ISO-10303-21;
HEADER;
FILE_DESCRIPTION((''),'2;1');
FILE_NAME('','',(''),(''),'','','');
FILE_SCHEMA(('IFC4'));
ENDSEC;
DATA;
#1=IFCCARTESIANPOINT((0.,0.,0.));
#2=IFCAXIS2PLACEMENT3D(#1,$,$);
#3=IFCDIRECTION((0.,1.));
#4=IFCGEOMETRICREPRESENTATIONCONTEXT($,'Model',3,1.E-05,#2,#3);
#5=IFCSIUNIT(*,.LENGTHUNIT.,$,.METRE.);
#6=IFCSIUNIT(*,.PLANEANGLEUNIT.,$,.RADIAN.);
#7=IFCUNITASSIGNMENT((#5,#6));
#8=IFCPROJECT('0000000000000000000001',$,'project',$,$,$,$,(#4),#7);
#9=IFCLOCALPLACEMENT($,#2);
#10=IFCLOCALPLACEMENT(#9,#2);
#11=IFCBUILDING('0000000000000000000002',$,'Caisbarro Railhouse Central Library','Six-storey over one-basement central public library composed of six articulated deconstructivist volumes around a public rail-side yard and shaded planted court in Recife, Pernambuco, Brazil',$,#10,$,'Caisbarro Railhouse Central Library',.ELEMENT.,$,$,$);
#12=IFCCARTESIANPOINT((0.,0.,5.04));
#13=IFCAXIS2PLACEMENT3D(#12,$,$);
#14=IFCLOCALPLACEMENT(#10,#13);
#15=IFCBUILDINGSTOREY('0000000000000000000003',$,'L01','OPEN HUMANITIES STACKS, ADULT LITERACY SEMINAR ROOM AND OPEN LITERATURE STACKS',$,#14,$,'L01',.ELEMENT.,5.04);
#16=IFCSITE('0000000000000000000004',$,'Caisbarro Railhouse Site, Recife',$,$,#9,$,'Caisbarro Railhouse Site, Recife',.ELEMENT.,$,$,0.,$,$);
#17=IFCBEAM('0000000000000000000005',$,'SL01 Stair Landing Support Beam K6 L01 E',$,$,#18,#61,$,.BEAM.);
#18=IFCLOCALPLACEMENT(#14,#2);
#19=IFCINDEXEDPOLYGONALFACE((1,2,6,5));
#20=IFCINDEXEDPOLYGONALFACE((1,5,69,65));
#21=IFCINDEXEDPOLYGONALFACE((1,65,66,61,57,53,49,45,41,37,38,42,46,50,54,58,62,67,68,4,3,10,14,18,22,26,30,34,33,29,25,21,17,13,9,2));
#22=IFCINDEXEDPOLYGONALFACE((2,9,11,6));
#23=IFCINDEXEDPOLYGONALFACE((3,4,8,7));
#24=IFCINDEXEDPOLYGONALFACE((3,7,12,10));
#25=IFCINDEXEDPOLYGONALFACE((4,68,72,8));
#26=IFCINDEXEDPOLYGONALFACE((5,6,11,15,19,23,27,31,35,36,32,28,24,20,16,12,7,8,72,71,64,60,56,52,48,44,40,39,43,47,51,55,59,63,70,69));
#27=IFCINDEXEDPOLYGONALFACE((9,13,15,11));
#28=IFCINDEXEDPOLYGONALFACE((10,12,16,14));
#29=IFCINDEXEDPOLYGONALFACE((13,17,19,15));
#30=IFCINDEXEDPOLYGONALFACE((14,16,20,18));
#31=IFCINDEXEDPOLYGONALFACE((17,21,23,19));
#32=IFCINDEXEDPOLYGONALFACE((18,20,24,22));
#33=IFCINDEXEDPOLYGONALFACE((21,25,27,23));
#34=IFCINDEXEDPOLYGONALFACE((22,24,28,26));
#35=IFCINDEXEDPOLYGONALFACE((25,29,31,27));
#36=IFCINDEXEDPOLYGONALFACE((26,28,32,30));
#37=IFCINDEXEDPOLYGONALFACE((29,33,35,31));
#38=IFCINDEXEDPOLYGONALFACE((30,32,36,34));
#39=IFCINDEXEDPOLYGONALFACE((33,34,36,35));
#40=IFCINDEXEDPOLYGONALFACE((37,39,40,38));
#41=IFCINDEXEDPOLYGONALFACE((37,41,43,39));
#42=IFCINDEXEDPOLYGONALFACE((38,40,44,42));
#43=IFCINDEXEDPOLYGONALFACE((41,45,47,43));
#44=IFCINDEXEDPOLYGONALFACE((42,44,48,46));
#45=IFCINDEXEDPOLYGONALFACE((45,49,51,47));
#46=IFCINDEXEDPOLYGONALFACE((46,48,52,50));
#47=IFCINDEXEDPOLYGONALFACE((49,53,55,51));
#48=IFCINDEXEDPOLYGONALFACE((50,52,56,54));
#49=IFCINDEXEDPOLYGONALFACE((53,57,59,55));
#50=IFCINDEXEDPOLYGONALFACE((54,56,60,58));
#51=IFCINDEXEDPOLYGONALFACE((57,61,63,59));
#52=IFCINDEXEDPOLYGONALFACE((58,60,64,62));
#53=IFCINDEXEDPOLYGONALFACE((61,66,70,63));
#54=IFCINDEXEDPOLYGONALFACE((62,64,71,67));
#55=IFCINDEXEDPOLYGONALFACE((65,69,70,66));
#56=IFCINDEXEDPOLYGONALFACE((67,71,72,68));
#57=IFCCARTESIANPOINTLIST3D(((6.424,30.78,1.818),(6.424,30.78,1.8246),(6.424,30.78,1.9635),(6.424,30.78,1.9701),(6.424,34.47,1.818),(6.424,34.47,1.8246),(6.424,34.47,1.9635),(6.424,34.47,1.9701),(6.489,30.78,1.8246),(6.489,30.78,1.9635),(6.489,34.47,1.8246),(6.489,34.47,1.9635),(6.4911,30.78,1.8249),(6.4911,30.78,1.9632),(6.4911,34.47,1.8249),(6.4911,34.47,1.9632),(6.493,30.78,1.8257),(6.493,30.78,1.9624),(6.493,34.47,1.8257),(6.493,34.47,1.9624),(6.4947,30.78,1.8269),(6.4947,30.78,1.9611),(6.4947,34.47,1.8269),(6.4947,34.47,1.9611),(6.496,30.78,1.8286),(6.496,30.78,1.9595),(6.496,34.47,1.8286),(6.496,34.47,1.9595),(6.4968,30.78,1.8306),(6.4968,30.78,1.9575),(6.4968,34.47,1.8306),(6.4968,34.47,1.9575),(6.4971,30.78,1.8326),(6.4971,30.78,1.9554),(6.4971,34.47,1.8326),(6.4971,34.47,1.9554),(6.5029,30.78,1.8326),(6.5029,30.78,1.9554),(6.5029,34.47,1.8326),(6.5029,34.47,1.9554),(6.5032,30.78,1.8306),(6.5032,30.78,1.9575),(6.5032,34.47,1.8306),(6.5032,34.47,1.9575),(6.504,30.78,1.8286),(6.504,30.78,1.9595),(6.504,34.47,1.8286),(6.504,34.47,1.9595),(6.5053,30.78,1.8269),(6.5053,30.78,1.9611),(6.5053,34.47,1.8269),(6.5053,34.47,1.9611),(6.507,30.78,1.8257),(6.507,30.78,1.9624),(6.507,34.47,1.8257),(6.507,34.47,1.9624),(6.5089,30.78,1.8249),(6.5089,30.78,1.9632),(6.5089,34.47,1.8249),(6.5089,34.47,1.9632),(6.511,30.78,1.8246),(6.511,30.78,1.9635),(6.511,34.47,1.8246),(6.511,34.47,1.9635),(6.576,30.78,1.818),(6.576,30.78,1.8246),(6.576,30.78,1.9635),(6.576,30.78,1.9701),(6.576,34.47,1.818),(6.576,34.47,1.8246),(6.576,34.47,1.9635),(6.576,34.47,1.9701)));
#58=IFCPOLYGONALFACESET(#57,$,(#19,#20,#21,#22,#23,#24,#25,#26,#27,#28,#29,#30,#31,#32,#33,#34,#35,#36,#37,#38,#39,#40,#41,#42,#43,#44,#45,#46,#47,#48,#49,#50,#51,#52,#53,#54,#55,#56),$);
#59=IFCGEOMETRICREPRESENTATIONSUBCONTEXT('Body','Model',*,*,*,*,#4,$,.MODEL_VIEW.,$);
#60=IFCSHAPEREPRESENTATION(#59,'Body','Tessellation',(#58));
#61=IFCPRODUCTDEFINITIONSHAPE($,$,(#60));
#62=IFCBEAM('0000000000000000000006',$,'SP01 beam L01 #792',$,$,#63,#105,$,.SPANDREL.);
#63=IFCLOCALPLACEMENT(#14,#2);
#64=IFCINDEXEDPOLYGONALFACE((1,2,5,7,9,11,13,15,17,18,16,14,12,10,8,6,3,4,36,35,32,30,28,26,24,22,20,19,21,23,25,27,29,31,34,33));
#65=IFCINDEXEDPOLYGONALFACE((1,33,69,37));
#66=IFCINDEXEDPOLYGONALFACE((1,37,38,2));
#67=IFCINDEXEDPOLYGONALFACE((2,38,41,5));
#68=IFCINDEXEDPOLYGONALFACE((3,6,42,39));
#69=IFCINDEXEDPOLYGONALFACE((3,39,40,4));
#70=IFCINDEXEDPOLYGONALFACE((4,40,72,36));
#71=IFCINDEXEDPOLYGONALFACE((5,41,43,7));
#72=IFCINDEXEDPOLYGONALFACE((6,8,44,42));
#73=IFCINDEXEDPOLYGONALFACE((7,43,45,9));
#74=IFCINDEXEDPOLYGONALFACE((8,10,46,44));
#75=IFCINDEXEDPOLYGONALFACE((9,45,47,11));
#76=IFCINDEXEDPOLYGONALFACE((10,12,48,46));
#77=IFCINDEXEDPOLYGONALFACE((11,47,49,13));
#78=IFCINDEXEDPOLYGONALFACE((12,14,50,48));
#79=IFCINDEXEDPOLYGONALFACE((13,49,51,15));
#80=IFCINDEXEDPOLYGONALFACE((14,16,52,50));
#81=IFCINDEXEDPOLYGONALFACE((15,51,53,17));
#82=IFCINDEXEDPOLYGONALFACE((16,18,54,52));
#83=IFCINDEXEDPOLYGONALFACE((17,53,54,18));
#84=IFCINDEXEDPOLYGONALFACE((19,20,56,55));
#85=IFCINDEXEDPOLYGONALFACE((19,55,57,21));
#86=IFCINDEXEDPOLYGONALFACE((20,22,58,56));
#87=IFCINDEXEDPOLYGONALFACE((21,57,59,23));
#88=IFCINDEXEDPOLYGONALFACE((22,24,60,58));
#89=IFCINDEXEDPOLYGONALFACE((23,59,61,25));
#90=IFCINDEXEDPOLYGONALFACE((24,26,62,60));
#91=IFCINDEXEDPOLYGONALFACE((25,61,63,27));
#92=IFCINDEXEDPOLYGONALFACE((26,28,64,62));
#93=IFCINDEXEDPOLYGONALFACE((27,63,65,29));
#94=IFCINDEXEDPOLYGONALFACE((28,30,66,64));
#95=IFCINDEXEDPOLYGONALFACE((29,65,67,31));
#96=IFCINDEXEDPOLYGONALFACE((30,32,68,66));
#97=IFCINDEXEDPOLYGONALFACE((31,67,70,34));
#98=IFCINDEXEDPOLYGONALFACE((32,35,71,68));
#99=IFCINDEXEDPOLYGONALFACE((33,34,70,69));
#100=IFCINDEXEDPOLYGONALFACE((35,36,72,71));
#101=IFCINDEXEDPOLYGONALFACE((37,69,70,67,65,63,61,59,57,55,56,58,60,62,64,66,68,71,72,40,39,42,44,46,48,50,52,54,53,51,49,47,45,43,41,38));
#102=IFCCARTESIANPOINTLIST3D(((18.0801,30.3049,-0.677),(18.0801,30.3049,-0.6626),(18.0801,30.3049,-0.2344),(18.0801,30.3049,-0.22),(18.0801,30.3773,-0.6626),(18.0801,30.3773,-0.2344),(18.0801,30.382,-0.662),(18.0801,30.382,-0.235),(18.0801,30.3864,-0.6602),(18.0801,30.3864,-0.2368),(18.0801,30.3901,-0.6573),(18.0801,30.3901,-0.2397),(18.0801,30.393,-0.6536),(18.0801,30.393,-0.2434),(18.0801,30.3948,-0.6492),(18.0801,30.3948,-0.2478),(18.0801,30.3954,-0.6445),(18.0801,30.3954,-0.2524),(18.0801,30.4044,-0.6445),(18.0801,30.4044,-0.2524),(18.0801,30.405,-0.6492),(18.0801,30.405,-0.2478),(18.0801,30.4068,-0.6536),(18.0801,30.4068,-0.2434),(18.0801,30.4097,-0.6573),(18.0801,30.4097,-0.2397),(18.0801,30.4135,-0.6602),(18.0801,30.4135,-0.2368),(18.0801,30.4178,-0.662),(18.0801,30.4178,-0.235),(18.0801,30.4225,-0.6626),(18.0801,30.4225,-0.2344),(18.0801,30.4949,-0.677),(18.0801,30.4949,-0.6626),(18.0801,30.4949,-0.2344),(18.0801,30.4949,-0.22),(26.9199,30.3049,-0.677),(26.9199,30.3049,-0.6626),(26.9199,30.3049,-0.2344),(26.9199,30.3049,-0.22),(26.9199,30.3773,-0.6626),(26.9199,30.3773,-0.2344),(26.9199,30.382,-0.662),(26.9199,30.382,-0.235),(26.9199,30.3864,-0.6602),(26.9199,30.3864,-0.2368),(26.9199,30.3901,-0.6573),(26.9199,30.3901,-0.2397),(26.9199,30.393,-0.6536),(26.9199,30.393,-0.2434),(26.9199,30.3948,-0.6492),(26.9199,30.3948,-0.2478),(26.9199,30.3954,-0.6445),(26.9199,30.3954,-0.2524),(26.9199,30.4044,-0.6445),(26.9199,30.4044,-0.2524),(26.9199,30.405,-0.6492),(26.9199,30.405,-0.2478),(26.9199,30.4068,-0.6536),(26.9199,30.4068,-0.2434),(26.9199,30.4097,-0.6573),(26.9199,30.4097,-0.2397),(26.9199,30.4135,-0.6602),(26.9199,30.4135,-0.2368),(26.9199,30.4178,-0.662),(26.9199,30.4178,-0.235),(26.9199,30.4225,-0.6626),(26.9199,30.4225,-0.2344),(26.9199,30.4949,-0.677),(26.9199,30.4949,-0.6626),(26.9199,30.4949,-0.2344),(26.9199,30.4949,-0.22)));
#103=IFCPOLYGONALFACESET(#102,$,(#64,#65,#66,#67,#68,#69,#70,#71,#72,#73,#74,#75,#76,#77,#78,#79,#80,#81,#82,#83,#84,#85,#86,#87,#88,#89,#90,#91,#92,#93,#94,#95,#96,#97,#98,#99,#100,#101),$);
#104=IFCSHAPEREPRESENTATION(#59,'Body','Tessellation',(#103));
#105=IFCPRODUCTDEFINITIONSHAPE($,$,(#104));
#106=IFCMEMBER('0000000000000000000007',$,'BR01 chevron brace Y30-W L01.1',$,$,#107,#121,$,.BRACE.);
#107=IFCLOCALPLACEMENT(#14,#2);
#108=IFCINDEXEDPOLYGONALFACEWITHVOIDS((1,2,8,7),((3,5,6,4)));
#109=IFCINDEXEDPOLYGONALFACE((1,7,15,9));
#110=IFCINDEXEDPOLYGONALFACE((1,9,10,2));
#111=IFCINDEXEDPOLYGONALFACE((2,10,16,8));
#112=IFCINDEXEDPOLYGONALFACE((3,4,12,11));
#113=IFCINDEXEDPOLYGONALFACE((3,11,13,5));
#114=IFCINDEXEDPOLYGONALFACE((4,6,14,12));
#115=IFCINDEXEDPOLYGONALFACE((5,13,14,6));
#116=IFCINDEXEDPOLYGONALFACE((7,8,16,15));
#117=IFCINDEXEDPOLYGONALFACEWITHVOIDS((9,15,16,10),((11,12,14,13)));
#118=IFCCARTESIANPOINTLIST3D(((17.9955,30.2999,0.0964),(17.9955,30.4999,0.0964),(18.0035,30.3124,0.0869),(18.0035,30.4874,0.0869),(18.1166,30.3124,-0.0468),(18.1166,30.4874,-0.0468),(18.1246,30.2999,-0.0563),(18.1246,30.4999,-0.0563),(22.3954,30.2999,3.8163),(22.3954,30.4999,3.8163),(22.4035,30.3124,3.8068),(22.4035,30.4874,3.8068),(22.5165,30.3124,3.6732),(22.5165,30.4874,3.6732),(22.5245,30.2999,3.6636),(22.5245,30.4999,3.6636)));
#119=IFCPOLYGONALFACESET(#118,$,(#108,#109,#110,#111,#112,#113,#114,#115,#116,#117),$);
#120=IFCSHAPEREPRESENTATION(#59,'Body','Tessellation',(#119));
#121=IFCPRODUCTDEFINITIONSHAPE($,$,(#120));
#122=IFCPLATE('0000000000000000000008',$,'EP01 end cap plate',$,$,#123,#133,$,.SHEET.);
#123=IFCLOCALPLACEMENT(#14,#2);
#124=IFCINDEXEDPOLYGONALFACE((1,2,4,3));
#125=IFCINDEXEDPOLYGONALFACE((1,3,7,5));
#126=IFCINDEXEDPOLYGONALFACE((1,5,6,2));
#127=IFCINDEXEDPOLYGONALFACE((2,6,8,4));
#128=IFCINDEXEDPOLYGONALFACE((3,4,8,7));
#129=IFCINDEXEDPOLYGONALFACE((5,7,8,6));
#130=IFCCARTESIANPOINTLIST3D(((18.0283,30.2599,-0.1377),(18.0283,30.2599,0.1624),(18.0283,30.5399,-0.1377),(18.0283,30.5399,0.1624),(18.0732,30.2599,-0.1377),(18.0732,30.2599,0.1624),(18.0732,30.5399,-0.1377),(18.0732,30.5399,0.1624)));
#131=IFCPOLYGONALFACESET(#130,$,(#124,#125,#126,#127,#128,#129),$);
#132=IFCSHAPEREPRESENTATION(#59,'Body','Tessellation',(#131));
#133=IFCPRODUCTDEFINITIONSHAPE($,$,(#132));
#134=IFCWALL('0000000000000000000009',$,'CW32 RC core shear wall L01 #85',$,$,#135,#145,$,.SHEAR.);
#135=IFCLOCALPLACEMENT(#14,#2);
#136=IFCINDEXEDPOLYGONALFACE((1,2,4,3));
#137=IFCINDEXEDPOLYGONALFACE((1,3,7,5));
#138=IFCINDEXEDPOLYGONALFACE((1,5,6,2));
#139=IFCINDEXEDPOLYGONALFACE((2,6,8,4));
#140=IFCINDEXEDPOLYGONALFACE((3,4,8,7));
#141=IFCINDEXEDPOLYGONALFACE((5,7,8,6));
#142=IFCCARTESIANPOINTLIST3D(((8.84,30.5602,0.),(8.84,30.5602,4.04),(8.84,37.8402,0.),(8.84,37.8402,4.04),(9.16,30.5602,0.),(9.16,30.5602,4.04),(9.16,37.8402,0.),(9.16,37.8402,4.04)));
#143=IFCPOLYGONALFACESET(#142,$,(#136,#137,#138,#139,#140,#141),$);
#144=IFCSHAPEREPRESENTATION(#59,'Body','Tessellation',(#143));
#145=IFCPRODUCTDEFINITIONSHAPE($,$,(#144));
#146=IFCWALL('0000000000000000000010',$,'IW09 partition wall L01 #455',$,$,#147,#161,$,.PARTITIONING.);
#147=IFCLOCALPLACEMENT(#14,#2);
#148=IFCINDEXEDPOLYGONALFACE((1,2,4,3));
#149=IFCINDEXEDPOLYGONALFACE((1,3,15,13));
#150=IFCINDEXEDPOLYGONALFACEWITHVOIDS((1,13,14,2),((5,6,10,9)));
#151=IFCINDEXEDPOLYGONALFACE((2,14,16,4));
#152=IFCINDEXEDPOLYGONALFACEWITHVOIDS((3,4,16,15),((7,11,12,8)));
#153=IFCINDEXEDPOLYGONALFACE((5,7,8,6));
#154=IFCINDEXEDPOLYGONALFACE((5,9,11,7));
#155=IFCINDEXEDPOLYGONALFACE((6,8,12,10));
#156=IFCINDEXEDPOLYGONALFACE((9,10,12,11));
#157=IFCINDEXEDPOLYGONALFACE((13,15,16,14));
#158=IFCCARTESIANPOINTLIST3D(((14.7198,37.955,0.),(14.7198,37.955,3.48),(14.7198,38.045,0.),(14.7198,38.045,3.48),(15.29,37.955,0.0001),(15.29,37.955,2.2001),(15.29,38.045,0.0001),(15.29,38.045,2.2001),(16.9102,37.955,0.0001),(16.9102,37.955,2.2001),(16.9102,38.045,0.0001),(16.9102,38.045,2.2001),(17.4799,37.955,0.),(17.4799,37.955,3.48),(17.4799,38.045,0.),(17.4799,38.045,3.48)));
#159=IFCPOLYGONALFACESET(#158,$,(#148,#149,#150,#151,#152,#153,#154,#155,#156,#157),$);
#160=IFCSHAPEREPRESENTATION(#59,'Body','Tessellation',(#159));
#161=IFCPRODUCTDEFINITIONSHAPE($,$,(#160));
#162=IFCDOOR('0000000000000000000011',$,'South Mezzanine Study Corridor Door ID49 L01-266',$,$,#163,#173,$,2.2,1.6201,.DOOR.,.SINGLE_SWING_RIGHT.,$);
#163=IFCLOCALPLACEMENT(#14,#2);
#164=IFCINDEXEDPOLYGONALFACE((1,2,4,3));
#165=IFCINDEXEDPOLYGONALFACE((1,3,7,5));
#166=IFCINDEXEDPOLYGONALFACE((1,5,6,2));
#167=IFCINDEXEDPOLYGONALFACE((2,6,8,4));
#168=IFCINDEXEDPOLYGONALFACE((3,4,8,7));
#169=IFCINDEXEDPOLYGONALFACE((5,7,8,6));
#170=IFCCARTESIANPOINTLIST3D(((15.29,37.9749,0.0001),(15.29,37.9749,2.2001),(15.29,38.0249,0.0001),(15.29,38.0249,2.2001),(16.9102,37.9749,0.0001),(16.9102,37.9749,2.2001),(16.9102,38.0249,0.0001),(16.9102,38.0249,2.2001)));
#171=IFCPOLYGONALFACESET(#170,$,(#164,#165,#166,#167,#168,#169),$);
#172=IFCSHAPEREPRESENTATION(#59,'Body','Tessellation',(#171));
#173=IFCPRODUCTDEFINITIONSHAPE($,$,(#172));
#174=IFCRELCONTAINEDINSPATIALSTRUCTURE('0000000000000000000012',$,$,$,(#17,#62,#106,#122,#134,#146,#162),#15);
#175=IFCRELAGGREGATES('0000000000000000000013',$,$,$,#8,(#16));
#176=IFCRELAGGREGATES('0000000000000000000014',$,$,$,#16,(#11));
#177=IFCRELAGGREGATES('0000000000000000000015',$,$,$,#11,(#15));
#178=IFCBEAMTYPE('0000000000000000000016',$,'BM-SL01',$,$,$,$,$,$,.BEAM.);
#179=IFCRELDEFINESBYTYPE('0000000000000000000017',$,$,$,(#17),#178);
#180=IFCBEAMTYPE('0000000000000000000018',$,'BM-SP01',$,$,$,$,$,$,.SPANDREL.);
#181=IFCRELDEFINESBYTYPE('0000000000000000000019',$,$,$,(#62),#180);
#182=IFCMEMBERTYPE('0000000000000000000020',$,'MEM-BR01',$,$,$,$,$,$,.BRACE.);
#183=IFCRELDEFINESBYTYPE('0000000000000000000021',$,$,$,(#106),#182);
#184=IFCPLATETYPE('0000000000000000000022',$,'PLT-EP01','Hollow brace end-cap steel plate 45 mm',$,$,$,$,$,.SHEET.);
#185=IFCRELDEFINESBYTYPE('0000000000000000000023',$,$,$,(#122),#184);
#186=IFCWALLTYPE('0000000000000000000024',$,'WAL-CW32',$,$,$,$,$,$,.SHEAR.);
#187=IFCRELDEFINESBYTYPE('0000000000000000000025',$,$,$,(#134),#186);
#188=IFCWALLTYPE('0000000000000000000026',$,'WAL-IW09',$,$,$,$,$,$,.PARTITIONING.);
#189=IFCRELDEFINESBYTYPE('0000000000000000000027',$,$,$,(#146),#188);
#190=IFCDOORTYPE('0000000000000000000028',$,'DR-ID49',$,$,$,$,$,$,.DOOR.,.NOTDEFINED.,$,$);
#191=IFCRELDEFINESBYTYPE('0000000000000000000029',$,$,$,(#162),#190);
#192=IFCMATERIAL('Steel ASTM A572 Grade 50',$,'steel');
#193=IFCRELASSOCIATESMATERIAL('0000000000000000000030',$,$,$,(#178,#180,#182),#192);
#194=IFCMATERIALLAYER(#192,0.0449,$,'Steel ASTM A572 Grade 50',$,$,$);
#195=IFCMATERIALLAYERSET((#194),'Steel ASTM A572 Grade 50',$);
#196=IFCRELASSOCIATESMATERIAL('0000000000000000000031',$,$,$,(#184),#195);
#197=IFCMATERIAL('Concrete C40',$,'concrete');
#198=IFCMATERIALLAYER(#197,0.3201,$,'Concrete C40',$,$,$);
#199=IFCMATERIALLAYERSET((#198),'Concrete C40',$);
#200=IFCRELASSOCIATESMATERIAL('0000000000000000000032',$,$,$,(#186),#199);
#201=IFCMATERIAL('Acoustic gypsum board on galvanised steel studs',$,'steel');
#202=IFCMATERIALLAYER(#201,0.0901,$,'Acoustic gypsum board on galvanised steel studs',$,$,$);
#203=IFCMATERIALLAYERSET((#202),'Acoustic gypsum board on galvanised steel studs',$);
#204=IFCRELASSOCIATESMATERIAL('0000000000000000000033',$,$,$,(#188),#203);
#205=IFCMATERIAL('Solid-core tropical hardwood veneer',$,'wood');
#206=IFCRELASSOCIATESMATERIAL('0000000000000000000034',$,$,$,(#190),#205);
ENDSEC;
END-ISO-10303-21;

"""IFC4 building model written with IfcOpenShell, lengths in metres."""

from ifc_helpers import new_model, si_unit, direction, frame, frame_2d, origin, origin_2d, place, context, subcontext, project, spatial, rectangle, hollow_rectangle, i_section, extrude, material, layer, layer_set, material_profile, profile_set, type_object, element, fill, save


model = new_model("IFC4")

# Units and contexts
model_context = context("Model", 3, precision=1e-05, world=origin(), true_north=direction((0.0, 1.0)))
body_context = subcontext(model_context, "Body", "Model", "MODEL_VIEW")
ifc_project = project(units=[si_unit("LENGTHUNIT", "METRE"), si_unit("PLANEANGLEUNIT", "RADIAN")], contexts=[model_context])

# Site, building, storey
site_placement = place(None, origin())
site = spatial("IfcSite", under=ifc_project, at=site_placement, Name="Caisbarro Railhouse Site, Recife", LongName="Caisbarro Railhouse Site, Recife", CompositionType="ELEMENT", RefElevation=0.0)
building_placement = place(site_placement, origin())
building = spatial("IfcBuilding", under=site, at=building_placement, Name="Caisbarro Railhouse Central Library", Description="Six-storey over one-basement central public library composed of six articulated deconstructivist volumes around a public rail-side yard and shaded planted court in Recife, Pernambuco, Brazil", LongName="Caisbarro Railhouse Central Library", CompositionType="ELEMENT")
storey_placement = place(building_placement, frame((0.0, 0.0, 5.04)))
storey = spatial("IfcBuildingStorey", under=building, at=storey_placement, Name="L01", Description="OPEN HUMANITIES STACKS, ADULT LITERACY SEMINAR ROOM AND OPEN LITERATURE STACKS", LongName="L01", CompositionType="ELEMENT", Elevation=5.04)

# Shared definitions
ifc_material_1 = material(Name="Steel ASTM A572 Grade 50", Category="steel")

# Beams
ifc_material_profile_1 = material_profile(ifc_material_1, i_section(OverallWidth=0.1521, OverallDepth=0.1521, WebThickness=0.0059, FlangeThickness=0.0066, FilletRadius=0.0081, at=origin_2d()), Name="W150X22.5")
ifc_profile_set_1 = profile_set([ifc_material_profile_1], Name="Steel ASTM A572 Grade 50")
beam_type_1 = type_object("IfcBeamType", Name="BM-SL01", PredefinedType="BEAM", material=ifc_profile_set_1)
beam_1_placement = place(storey_placement, frame((6.5, 30.78, 1.894), z_axis=(0.0, 1.0, 0.0), x_axis=(-1.0, 0.0, 0.0)))
element("IfcBeam", 1, at=beam_1_placement, inside=storey, type_object=beam_type_1, Name="SL01 Stair Landing Support Beam K6 L01 E", PredefinedType="BEAM", context=body_context, shape_type="SweptSolid", body=[
    extrude(i_section(OverallWidth=0.1521, OverallDepth=0.1521, WebThickness=0.0059, FlangeThickness=0.0066, FilletRadius=0.0081, at=origin_2d()), origin(), (0.0, 0.0, 1.0), 3.6899),
])
ifc_material_profile_2 = material_profile(ifc_material_1, i_section(OverallWidth=0.1899, OverallDepth=0.457, WebThickness=0.009, FlangeThickness=0.0144, FilletRadius=0.0181, at=origin_2d()), Name="W460X74.0")
ifc_profile_set_2 = profile_set([ifc_material_profile_2], Name="Steel ASTM A572 Grade 50")
beam_type_2 = type_object("IfcBeamType", Name="BM-SP01", PredefinedType="SPANDREL", material=ifc_profile_set_2)
beam_2_placement = place(storey_placement, frame((18.0801, 30.3999, -0.4485), z_axis=(1.0, 0.0, 0.0), x_axis=(0.0, 1.0, 0.0)))
element("IfcBeam", 2, at=beam_2_placement, inside=storey, type_object=beam_type_2, Name="SP01 beam L01 #792", PredefinedType="SPANDREL", context=body_context, shape_type="SweptSolid", body=[
    extrude(i_section(OverallWidth=0.1899, OverallDepth=0.457, WebThickness=0.009, FlangeThickness=0.0144, FilletRadius=0.0181, at=origin_2d()), origin(), (0.0, 0.0, 1.0), 8.8398),
])

# Member
ifc_material_profile_3 = material_profile(ifc_material_1, hollow_rectangle(XDim=0.2, YDim=0.2, WallThickness=0.0125, at=origin_2d()), Name="HSS200X200X12.5")
ifc_profile_set_3 = profile_set([ifc_material_profile_3], Name="Steel ASTM A572 Grade 50")
member_type = type_object("IfcMemberType", Name="MEM-BR01", PredefinedType="BRACE", material=ifc_profile_set_3)
member_placement = place(storey_placement, frame((18.0601, 30.3999, 0.02), z_axis=(0.763645, 0.0, 0.645636), x_axis=(0.0, 1.0, 0.0)))
element("IfcMember", 3, at=member_placement, inside=storey, type_object=member_type, Name="BR01 chevron brace Y30-W L01.1", PredefinedType="BRACE", context=body_context, shape_type="SweptSolid", body=[
    extrude(hollow_rectangle(XDim=0.2, YDim=0.2, WallThickness=0.0125, at=origin_2d()), origin(), (0.0, 0.0, 1.0), 5.7617),
])

# Plate
ifc_layer_1 = layer(ifc_material_1, 0.0449, Name="Steel ASTM A572 Grade 50")
ifc_layer_set_1 = layer_set([ifc_layer_1], Name="Steel ASTM A572 Grade 50")
plate_type = type_object("IfcPlateType", Name="PLT-EP01", Description="Hollow brace end-cap steel plate 45 mm", PredefinedType="SHEET", material=ifc_layer_set_1)
plate_placement = place(storey_placement, frame((18.0508, 30.3999, -0.1377), z_axis=(0.0, 0.0, 1.0), x_axis=(1.0, 0.0, 0.0)))
element("IfcPlate", 4, at=plate_placement, inside=storey, type_object=plate_type, Name="EP01 end cap plate", PredefinedType="SHEET", context=body_context, shape_type="SweptSolid", body=[
    extrude(rectangle(XDim=0.0449, YDim=0.28, at=origin_2d()), origin(), (0.0, 0.0, 1.0), 0.3),
])

# Wall
ifc_material_2 = material(Name="Concrete C40", Category="concrete")
ifc_layer_2 = layer(ifc_material_2, 0.3201, Name="Concrete C40")
ifc_layer_set_2 = layer_set([ifc_layer_2], Name="Concrete C40")
wall_type_1 = type_object("IfcWallType", Name="WAL-CW32", PredefinedType="SHEAR", material=ifc_layer_set_2)
wall_1_placement = place(storey_placement, frame((9.0, 30.5601, 0.0), z_axis=(0.0, 0.0, 1.0), x_axis=(0.0, 1.0, 0.0)))
element("IfcWall", 5, at=wall_1_placement, inside=storey, type_object=wall_type_1, Name="CW32 RC core shear wall L01 #85", PredefinedType="SHEAR", context=body_context, shape_type="SweptSolid", body=[
    extrude(rectangle(XDim=7.28, YDim=0.3201, at=frame_2d((3.6401, 0.0))), origin(), (0.0, 0.0, 1.0), 4.04),
])

# Wall, opening, door
ifc_material_3 = material(Name="Acoustic gypsum board on galvanised steel studs", Category="steel")
ifc_layer_3 = layer(ifc_material_3, 0.0901, Name="Acoustic gypsum board on galvanised steel studs")
ifc_layer_set_3 = layer_set([ifc_layer_3], Name="Acoustic gypsum board on galvanised steel studs")
wall_type_2 = type_object("IfcWallType", Name="WAL-IW09", PredefinedType="PARTITIONING", material=ifc_layer_set_3)
wall_2_placement = place(storey_placement, frame((14.72, 38.0, 0.0), z_axis=(0.0, 0.0, 1.0), x_axis=(1.0, 0.0, 0.0)))
wall_2 = element("IfcWall", 6, at=wall_2_placement, inside=storey, type_object=wall_type_2, Name="IW09 partition wall L01 #455", PredefinedType="PARTITIONING", context=body_context, shape_type="SweptSolid", body=[
    extrude(rectangle(XDim=2.76, YDim=0.0901, at=frame_2d((1.3799, 0.0))), origin(), (0.0, 0.0, 1.0), 3.48),
])
opening_1_placement = place(wall_2_placement, frame((0.5701, 0.0, 0.0)))
opening_1 = element("IfcOpeningElement", 7, at=opening_1_placement, cuts=wall_2, PredefinedType="OPENING", context=body_context, shape_type="SweptSolid", body=[
    extrude(rectangle(XDim=1.6201, YDim=2.2, at=frame_2d((0.8101, 1.1001))), frame((0.0, 0.0552, 0.0), z_axis=(0.0, -1.0, 0.0), x_axis=(1.0, 0.0, 0.0)), (0.0, 0.0, 1.0), 0.1101),
])
ifc_material_4 = material(Name="Solid-core tropical hardwood veneer", Category="wood")
door_type_1 = type_object("IfcDoorType", Name="DR-ID49", OperationType="NOTDEFINED", PredefinedType="DOOR", material=ifc_material_4)
door_1_placement = place(opening_1_placement, origin())
door_1 = element("IfcDoor", 8, at=door_1_placement, inside=storey, type_object=door_type_1, Name="South Mezzanine Study Corridor Door ID49 L01-266", OperationType="SINGLE_SWING_RIGHT", OverallHeight=2.2, OverallWidth=1.6201, PredefinedType="DOOR", context=body_context, shape_type="SweptSolid", body=[
    extrude(rectangle(XDim=1.6201, YDim=2.2, at=frame_2d((0.8101, 1.1001))), frame((0.0, 0.0249, 0.0), z_axis=(0.0, -1.0, 0.0), x_axis=(1.0, 0.0, 0.0)), (0.0, 0.0, 1.0), 0.05),
])
fill(opening_1, door_1)

save(model, "model.ifc")
